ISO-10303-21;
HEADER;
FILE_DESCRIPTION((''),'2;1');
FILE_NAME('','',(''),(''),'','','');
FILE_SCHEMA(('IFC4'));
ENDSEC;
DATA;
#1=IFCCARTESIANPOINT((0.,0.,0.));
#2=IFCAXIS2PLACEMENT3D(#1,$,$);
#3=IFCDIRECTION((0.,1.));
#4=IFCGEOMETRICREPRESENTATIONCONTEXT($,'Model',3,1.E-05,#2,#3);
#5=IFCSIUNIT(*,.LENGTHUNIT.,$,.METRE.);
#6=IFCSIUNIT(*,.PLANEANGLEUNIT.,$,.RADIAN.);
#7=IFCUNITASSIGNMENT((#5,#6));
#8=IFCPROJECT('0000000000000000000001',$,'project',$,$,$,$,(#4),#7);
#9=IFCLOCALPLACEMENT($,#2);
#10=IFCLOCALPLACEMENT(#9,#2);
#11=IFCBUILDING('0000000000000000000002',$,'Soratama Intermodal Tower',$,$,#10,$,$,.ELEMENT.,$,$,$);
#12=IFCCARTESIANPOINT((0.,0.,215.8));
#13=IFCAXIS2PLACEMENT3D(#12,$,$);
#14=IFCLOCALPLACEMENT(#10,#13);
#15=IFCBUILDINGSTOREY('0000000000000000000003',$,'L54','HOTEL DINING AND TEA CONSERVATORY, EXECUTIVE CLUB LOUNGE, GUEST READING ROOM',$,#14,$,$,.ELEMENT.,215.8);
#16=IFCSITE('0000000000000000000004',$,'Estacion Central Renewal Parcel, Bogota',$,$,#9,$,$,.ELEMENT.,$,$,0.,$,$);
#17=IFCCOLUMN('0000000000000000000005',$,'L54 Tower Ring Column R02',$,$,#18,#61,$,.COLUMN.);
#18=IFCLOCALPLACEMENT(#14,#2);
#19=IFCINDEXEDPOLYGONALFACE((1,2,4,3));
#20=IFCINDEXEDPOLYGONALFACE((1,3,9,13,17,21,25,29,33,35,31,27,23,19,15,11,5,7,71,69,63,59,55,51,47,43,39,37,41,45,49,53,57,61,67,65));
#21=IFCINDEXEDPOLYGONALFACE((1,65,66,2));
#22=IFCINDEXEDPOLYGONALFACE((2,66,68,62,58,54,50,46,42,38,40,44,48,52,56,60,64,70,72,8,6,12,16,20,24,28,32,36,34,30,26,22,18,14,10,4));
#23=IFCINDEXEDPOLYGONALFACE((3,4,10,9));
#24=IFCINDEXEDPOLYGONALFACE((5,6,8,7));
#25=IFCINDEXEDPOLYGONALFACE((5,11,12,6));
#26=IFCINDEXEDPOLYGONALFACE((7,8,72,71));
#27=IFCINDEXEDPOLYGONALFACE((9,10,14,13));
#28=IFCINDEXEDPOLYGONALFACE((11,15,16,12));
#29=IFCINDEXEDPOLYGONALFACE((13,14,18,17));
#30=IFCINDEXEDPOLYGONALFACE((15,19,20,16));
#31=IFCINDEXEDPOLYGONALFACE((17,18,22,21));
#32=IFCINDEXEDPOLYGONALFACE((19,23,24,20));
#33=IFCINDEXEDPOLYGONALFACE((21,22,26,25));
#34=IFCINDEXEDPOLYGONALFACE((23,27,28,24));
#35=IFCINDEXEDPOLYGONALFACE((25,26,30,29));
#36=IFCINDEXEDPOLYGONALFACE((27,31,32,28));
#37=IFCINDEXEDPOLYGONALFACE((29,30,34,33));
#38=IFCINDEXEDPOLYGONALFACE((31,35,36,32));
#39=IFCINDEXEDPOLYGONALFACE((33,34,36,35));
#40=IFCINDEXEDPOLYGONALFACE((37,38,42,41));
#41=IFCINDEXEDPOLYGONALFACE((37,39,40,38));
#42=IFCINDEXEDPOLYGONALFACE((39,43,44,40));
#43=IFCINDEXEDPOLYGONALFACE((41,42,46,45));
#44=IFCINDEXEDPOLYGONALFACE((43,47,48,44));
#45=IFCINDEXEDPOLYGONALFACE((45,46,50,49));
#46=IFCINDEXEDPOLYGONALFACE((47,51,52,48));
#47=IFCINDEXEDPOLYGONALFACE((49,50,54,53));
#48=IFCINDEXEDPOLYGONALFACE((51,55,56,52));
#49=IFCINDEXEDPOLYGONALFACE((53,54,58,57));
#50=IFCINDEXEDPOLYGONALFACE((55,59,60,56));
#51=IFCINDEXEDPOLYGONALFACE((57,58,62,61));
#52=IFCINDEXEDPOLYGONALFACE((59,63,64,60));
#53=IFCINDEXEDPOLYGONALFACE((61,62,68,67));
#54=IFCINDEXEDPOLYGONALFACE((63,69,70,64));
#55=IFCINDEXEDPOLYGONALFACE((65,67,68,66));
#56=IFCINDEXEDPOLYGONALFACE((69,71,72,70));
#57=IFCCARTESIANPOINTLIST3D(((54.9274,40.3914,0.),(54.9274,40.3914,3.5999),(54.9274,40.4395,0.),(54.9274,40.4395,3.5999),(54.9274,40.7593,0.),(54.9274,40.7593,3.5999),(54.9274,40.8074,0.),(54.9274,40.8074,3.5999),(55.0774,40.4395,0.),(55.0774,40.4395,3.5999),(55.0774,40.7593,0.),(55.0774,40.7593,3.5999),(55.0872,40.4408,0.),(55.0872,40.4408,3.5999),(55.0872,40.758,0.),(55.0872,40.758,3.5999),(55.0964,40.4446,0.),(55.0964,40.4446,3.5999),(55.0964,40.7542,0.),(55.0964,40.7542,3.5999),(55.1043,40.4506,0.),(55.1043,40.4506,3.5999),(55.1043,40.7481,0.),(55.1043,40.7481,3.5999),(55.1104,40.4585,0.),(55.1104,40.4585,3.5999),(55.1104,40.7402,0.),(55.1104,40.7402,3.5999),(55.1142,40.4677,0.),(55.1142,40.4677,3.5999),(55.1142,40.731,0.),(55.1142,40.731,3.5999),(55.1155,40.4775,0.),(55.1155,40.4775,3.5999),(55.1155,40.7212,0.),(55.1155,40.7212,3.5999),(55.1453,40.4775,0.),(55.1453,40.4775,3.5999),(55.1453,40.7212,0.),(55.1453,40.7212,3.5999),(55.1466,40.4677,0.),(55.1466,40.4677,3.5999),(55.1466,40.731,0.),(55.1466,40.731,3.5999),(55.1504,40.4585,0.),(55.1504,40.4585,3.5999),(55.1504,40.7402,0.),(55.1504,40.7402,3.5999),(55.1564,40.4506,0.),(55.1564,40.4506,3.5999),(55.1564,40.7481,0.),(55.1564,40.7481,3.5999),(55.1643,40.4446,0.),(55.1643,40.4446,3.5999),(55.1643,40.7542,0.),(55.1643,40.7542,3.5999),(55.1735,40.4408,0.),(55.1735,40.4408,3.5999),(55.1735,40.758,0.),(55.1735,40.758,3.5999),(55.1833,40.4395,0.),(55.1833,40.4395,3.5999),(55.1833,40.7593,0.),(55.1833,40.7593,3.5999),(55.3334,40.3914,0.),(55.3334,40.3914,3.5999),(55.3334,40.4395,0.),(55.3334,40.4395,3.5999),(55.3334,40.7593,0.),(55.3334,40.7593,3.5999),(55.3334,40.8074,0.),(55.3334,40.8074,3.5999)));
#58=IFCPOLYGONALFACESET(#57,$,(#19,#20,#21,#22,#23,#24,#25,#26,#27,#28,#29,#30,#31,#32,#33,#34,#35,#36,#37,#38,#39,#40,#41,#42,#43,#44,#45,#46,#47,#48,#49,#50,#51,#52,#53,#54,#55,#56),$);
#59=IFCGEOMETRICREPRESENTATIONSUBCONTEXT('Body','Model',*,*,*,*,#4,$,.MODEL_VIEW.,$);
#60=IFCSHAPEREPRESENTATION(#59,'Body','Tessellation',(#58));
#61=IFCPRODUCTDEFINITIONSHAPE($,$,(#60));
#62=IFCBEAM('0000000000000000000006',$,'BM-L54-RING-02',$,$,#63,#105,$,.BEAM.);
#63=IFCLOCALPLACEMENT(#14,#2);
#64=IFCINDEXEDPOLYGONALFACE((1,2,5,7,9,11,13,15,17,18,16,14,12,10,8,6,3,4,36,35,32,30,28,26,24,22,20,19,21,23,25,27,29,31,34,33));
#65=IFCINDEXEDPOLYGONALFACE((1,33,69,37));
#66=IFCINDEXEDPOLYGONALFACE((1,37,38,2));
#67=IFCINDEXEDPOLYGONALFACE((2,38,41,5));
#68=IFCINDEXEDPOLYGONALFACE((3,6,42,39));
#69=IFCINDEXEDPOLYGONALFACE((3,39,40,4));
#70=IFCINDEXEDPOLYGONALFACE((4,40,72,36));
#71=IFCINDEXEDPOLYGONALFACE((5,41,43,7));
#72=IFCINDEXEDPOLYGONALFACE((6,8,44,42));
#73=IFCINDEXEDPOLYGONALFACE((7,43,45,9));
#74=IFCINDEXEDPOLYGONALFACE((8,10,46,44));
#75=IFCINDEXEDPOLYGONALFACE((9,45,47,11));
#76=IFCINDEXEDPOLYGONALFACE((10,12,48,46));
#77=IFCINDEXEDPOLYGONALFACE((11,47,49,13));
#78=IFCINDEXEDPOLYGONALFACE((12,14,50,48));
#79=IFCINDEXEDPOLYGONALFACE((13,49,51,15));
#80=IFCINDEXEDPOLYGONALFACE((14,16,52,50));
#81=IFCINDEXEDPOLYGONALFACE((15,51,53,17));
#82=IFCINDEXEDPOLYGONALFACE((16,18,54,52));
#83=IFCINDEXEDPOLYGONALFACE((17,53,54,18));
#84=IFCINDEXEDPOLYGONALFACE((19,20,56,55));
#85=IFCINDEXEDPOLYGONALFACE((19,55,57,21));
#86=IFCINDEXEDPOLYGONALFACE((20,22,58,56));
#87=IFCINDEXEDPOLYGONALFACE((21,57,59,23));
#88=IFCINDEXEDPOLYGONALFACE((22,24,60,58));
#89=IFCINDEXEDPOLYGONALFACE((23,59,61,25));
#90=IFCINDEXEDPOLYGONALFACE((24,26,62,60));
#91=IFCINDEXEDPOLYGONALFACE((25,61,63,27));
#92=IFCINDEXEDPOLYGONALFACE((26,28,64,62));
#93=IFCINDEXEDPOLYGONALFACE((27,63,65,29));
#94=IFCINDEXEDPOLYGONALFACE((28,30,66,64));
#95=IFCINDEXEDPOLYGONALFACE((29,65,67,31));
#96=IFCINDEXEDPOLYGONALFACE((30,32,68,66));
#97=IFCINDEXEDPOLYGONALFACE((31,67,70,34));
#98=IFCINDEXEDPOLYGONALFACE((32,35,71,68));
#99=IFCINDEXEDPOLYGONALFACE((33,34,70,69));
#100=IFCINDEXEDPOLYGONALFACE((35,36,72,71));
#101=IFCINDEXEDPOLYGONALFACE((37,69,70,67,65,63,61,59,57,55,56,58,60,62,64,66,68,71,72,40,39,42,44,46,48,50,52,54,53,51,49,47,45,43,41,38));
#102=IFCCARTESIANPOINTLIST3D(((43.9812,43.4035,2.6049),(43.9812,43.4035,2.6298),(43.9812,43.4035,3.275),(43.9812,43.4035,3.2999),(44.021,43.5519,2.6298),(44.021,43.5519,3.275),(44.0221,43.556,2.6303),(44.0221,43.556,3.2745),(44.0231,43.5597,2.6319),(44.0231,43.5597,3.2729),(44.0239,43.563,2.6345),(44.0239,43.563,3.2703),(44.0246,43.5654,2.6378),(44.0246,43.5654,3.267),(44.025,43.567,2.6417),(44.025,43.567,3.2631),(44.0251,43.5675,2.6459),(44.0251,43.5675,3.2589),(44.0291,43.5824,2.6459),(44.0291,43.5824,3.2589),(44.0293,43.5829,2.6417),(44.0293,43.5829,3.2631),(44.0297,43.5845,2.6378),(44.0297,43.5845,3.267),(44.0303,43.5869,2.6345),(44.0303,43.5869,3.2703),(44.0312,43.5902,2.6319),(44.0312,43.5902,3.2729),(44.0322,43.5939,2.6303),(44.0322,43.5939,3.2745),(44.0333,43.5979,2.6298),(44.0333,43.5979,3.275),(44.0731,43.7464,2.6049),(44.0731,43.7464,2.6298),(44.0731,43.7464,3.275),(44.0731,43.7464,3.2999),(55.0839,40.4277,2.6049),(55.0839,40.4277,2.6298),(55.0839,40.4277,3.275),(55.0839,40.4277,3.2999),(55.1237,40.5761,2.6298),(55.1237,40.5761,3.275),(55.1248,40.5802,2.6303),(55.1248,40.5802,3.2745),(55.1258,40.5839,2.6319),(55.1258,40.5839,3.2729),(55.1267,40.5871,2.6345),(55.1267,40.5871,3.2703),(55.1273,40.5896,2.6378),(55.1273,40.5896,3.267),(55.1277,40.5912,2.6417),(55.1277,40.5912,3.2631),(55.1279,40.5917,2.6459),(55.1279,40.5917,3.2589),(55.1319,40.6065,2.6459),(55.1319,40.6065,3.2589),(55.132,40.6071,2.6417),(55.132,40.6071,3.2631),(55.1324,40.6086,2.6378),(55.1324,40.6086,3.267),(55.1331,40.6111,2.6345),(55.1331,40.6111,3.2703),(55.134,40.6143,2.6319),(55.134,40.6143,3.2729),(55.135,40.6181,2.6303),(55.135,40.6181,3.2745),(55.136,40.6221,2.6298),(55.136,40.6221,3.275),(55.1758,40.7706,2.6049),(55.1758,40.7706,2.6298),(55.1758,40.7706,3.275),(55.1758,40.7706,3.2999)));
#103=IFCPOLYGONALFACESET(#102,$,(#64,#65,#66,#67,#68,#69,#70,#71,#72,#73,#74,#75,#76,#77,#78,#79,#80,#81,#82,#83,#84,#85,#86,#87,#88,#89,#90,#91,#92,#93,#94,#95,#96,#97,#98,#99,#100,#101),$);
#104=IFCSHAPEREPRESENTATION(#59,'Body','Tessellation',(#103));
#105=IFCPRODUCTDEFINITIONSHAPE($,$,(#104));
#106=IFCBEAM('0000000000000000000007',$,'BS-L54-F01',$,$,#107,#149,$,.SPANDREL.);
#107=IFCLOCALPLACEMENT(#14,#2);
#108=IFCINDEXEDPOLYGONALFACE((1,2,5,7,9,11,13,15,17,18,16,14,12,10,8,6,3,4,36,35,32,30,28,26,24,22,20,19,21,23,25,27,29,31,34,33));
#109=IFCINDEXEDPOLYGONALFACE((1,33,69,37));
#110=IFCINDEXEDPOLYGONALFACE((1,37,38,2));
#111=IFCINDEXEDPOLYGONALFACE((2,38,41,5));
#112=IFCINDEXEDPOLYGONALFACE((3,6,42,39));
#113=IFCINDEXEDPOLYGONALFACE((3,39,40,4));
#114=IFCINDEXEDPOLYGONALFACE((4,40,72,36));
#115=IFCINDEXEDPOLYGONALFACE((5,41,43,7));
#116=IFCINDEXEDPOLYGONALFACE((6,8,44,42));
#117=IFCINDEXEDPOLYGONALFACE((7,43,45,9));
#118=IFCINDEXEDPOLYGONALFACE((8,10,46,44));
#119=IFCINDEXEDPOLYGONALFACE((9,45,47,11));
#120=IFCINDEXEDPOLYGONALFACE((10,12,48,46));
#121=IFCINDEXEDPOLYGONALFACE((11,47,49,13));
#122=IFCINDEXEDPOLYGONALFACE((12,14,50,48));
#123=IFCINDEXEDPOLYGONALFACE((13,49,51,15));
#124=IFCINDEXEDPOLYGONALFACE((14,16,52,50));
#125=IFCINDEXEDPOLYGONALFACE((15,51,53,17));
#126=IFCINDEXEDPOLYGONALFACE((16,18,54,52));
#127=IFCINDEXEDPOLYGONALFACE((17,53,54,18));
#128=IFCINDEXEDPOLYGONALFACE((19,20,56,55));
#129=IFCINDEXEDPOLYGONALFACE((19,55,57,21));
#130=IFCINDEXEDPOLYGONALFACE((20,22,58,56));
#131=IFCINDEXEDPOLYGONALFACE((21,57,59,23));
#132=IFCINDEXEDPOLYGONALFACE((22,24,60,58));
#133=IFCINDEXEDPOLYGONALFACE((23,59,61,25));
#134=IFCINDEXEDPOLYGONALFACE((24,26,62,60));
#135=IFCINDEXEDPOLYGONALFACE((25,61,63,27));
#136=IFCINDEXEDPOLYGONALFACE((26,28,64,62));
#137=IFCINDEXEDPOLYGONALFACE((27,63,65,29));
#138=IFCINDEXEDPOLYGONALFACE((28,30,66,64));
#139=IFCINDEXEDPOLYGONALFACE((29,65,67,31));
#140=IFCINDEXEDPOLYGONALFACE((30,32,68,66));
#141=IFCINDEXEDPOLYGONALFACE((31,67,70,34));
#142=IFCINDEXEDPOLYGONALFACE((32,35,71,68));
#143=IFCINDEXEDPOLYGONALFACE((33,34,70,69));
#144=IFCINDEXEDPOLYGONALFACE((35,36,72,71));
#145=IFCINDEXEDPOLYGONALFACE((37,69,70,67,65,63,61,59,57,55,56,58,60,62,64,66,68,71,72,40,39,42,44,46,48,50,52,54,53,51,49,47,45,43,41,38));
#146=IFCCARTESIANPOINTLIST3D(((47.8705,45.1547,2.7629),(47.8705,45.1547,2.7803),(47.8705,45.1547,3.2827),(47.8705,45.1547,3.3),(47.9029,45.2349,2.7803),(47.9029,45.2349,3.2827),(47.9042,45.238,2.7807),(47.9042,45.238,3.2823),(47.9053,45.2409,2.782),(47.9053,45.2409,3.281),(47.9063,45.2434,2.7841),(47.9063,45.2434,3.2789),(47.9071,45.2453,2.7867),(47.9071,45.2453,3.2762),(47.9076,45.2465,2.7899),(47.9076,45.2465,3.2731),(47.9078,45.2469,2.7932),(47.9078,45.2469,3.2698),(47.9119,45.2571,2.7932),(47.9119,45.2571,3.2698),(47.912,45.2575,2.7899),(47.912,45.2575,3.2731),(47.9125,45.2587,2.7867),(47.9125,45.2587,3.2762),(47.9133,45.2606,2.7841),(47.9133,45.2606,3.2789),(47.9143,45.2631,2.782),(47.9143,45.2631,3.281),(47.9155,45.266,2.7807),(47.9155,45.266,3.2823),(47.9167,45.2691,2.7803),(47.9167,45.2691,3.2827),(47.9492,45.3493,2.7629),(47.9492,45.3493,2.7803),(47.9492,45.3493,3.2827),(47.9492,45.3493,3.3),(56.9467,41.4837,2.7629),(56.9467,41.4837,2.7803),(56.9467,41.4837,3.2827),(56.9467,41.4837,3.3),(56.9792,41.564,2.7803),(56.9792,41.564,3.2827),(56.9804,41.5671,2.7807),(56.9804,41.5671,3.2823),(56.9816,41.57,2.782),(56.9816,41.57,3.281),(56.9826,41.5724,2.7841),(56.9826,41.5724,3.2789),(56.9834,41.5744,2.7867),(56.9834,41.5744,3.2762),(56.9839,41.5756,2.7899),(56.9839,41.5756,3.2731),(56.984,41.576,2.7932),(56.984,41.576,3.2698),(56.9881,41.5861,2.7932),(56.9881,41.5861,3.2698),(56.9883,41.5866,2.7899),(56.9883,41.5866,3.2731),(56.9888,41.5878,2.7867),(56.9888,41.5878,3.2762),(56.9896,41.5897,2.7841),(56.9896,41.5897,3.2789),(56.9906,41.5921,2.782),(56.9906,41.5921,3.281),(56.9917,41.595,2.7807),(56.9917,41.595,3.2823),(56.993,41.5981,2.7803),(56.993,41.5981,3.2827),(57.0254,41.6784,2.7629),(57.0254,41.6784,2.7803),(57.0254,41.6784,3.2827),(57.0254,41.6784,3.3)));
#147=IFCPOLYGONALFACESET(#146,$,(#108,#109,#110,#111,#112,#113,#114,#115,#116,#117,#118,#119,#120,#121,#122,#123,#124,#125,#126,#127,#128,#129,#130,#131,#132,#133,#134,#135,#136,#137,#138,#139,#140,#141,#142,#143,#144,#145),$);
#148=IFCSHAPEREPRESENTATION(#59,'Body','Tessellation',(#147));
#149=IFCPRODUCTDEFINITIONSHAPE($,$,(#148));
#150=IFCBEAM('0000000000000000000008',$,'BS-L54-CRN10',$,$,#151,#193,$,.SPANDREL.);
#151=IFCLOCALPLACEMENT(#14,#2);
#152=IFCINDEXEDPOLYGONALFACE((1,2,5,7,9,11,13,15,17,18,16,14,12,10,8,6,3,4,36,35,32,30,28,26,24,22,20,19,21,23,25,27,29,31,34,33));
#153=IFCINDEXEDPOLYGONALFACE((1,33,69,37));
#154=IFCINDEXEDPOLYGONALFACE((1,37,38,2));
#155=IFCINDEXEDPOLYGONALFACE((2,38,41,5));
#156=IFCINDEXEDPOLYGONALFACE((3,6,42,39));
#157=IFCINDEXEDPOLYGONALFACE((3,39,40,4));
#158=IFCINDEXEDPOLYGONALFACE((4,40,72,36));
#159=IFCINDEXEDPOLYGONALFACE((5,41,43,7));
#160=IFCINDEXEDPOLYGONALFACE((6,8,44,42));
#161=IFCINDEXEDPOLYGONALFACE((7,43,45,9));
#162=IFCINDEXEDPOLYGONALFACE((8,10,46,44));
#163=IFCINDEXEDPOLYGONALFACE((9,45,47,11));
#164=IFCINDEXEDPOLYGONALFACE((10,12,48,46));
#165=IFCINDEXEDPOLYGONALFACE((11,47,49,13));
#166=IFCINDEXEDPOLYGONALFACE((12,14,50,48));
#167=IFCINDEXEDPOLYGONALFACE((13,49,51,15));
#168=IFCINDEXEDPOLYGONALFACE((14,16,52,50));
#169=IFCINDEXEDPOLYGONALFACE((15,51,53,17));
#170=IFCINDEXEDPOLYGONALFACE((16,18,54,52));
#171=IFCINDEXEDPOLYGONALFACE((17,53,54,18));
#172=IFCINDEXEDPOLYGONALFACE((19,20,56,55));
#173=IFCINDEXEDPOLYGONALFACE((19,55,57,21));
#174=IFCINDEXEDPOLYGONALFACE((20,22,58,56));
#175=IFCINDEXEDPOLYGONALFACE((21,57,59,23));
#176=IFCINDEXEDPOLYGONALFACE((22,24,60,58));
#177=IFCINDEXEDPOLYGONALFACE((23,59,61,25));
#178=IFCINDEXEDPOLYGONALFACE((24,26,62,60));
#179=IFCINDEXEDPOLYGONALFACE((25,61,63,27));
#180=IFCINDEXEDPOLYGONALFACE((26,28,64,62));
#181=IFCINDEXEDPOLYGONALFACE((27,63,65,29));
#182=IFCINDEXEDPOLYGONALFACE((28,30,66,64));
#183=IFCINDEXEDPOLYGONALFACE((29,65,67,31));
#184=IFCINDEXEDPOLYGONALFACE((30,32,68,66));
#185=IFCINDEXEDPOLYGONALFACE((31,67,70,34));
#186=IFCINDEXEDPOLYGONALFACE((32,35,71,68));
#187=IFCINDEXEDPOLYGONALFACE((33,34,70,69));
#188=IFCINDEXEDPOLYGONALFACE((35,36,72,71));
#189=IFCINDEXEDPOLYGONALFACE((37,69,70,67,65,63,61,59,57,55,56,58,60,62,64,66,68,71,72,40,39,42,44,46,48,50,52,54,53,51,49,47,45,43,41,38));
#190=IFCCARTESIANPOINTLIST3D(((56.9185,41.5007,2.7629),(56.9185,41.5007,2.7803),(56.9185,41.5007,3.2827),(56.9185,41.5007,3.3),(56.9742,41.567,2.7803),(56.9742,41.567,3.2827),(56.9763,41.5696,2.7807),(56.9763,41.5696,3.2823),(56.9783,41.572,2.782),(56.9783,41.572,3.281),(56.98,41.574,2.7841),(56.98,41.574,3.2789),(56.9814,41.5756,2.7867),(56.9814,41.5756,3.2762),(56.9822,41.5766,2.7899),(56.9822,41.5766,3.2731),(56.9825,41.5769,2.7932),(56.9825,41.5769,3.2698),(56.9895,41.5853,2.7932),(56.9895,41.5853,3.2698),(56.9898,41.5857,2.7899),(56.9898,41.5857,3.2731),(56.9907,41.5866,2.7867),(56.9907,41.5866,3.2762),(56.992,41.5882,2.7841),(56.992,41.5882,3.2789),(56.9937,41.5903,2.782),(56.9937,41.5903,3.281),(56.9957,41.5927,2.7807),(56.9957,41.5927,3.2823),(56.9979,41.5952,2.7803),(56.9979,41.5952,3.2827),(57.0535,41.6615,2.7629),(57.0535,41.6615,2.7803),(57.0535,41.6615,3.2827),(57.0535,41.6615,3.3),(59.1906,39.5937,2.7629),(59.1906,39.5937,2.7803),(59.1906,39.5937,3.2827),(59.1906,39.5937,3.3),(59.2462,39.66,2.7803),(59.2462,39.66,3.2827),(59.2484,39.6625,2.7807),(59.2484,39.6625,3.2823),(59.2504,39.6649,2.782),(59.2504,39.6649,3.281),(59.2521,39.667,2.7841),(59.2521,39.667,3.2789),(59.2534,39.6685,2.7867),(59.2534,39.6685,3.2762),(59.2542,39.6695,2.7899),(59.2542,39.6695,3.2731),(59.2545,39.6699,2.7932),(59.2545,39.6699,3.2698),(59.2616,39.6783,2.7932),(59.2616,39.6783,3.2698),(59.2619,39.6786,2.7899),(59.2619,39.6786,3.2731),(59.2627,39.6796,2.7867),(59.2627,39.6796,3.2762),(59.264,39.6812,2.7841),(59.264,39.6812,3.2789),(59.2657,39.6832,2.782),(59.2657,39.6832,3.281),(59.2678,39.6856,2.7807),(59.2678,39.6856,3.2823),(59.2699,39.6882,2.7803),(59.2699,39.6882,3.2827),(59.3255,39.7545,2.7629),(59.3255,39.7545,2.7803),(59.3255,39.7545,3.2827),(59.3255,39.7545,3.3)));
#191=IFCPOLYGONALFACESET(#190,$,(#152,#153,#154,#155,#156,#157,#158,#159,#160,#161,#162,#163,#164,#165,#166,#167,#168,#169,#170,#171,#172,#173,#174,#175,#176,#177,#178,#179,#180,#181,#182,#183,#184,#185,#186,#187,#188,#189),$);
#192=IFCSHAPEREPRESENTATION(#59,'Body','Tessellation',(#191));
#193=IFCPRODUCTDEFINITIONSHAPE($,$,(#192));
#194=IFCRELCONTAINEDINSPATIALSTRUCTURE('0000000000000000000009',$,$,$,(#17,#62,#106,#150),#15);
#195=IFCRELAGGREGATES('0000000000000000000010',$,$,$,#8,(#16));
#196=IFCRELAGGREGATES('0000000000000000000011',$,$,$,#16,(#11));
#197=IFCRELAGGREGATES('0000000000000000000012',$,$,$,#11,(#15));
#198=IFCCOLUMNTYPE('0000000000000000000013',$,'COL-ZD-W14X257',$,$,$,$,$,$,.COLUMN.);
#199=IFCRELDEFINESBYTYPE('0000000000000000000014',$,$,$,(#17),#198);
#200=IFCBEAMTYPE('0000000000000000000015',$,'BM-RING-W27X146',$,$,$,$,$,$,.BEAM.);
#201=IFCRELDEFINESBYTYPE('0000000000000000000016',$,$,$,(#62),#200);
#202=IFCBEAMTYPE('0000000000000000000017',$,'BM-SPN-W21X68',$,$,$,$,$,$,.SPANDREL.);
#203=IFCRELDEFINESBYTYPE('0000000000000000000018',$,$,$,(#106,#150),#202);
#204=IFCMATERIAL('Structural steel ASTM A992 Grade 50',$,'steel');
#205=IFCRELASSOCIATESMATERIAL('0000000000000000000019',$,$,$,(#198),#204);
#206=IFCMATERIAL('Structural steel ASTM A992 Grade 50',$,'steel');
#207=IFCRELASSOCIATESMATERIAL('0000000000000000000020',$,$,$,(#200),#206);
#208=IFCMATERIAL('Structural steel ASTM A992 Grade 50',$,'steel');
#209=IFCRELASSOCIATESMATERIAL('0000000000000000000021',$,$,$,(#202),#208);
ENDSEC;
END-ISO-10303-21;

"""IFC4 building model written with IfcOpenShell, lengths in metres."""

from ifc_helpers import new_model, si_unit, direction, frame, origin, origin_2d, place, context, subcontext, project, spatial, i_section, extrude, material, material_profile, profile_set, type_object, element, save


model = new_model("IFC4")

# Units and contexts
model_context = context("Model", 3, precision=1e-05, world=origin(), true_north=direction((0.0, 1.0)))
body_context = subcontext(model_context, "Body", "Model", "MODEL_VIEW")
ifc_project = project(units=[si_unit("LENGTHUNIT", "METRE"), si_unit("PLANEANGLEUNIT", "RADIAN")], contexts=[model_context])

# Site, building, storey
site_placement = place(None, origin())
site = spatial("IfcSite", under=ifc_project, at=site_placement, Name="Estacion Central Renewal Parcel, Bogota", CompositionType="ELEMENT", RefElevation=0.0)
building_placement = place(site_placement, origin())
building = spatial("IfcBuilding", under=site, at=building_placement, Name="Soratama Intermodal Tower", CompositionType="ELEMENT")
storey_placement = place(building_placement, frame((0.0, 0.0, 215.8)))
storey = spatial("IfcBuildingStorey", under=building, at=storey_placement, Name="L54", Description="HOTEL DINING AND TEA CONSERVATORY, EXECUTIVE CLUB LOUNGE, GUEST READING ROOM", CompositionType="ELEMENT", Elevation=215.8)

# Column
ifc_material_1 = material(Name="Structural steel ASTM A992 Grade 50", Category="steel")
ifc_material_profile_1 = material_profile(ifc_material_1, i_section(OverallWidth=0.406, OverallDepth=0.416, WebThickness=0.0298, FlangeThickness=0.0481, FilletRadius=0.0381, at=origin_2d()), Name="W14X257")
ifc_profile_set_1 = profile_set([ifc_material_profile_1], Name="Structural steel ASTM A992 Grade 50")
column_type = type_object("IfcColumnType", Name="COL-ZD-W14X257", PredefinedType="COLUMN", material=ifc_profile_set_1)
column_placement = place(storey_placement, frame((55.1304, 40.5994, 0.0), z_axis=(0.0, 0.0, 1.0), x_axis=(1.0, 0.0, 0.0)))
element("IfcColumn", 1, at=column_placement, inside=storey, type_object=column_type, Name="L54 Tower Ring Column R02", PredefinedType="COLUMN", context=body_context, shape_type="SweptSolid", body=[
    extrude(i_section(OverallWidth=0.406, OverallDepth=0.416, WebThickness=0.0298, FlangeThickness=0.0481, FilletRadius=0.0381, at=origin_2d()), origin(), (0.0, 0.0, 1.0), 3.5999),
])

# Beams
ifc_material_2 = material(Name="Structural steel ASTM A992 Grade 50", Category="steel")
ifc_material_profile_2 = material_profile(ifc_material_2, i_section(OverallWidth=0.355, OverallDepth=0.6951, WebThickness=0.0154, FlangeThickness=0.0249, FilletRadius=0.0161, at=origin_2d()), Name="W27X146")
ifc_profile_set_2 = profile_set([ifc_material_profile_2], Name="Structural steel ASTM A992 Grade 50")
beam_type_1 = type_object("IfcBeamType", Name="BM-RING-W27X146", PredefinedType="BEAM", material=ifc_profile_set_2)
beam_1_placement = place(storey_placement, frame((55.1299, 40.5991, 2.9524), z_axis=(-0.965907, 0.258888, 0.0), x_axis=(-0.258888, -0.965907, 0.0)))
element("IfcBeam", 2, at=beam_1_placement, inside=storey, type_object=beam_type_1, Name="BM-L54-RING-02", PredefinedType="BEAM", context=body_context, shape_type="SweptSolid", body=[
    extrude(i_section(OverallWidth=0.355, OverallDepth=0.6951, WebThickness=0.0154, FlangeThickness=0.0249, FilletRadius=0.0161, at=origin_2d()), origin(), (0.0, 0.0, 1.0), 11.4946),
])
ifc_material_3 = material(Name="Structural steel ASTM A992 Grade 50", Category="steel")
ifc_material_profile_3 = material_profile(ifc_material_3, i_section(OverallWidth=0.21, OverallDepth=0.5371, WebThickness=0.011, FlangeThickness=0.0173, FilletRadius=0.0129, at=origin_2d()), Name="W21X68")
ifc_profile_set_3 = profile_set([ifc_material_profile_3], Name="Structural steel ASTM A992 Grade 50")
beam_type_2 = type_object("IfcBeamType", Name="BM-SPN-W21X68", PredefinedType="SPANDREL", material=ifc_profile_set_3)
beam_2_placement = place(storey_placement, frame((56.9861, 41.5811, 3.0315), z_axis=(-0.927046, 0.374948, 0.0), x_axis=(-0.374948, -0.927046, 0.0)))
element("IfcBeam", 3, at=beam_2_placement, inside=storey, type_object=beam_type_2, Name="BS-L54-F01", PredefinedType="SPANDREL", context=body_context, shape_type="SweptSolid", body=[
    extrude(i_section(OverallWidth=0.21, OverallDepth=0.5371, WebThickness=0.011, FlangeThickness=0.0173, FilletRadius=0.0129, at=origin_2d()), origin(), (0.0, 0.0, 1.0), 9.7905),
])
beam_3_placement = place(storey_placement, frame((59.2581, 39.6741, 3.0315), z_axis=(-0.76595, 0.642901, 0.0), x_axis=(-0.642901, -0.76595, 0.0)))
element("IfcBeam", 4, at=beam_3_placement, inside=storey, type_object=beam_type_2, Name="BS-L54-CRN10", PredefinedType="SPANDREL", context=body_context, shape_type="SweptSolid", body=[
    extrude(i_section(OverallWidth=0.21, OverallDepth=0.5371, WebThickness=0.011, FlangeThickness=0.0173, FilletRadius=0.0129, at=origin_2d()), origin(), (0.0, 0.0, 1.0), 2.9663),
])

save(model, "model.ifc")
